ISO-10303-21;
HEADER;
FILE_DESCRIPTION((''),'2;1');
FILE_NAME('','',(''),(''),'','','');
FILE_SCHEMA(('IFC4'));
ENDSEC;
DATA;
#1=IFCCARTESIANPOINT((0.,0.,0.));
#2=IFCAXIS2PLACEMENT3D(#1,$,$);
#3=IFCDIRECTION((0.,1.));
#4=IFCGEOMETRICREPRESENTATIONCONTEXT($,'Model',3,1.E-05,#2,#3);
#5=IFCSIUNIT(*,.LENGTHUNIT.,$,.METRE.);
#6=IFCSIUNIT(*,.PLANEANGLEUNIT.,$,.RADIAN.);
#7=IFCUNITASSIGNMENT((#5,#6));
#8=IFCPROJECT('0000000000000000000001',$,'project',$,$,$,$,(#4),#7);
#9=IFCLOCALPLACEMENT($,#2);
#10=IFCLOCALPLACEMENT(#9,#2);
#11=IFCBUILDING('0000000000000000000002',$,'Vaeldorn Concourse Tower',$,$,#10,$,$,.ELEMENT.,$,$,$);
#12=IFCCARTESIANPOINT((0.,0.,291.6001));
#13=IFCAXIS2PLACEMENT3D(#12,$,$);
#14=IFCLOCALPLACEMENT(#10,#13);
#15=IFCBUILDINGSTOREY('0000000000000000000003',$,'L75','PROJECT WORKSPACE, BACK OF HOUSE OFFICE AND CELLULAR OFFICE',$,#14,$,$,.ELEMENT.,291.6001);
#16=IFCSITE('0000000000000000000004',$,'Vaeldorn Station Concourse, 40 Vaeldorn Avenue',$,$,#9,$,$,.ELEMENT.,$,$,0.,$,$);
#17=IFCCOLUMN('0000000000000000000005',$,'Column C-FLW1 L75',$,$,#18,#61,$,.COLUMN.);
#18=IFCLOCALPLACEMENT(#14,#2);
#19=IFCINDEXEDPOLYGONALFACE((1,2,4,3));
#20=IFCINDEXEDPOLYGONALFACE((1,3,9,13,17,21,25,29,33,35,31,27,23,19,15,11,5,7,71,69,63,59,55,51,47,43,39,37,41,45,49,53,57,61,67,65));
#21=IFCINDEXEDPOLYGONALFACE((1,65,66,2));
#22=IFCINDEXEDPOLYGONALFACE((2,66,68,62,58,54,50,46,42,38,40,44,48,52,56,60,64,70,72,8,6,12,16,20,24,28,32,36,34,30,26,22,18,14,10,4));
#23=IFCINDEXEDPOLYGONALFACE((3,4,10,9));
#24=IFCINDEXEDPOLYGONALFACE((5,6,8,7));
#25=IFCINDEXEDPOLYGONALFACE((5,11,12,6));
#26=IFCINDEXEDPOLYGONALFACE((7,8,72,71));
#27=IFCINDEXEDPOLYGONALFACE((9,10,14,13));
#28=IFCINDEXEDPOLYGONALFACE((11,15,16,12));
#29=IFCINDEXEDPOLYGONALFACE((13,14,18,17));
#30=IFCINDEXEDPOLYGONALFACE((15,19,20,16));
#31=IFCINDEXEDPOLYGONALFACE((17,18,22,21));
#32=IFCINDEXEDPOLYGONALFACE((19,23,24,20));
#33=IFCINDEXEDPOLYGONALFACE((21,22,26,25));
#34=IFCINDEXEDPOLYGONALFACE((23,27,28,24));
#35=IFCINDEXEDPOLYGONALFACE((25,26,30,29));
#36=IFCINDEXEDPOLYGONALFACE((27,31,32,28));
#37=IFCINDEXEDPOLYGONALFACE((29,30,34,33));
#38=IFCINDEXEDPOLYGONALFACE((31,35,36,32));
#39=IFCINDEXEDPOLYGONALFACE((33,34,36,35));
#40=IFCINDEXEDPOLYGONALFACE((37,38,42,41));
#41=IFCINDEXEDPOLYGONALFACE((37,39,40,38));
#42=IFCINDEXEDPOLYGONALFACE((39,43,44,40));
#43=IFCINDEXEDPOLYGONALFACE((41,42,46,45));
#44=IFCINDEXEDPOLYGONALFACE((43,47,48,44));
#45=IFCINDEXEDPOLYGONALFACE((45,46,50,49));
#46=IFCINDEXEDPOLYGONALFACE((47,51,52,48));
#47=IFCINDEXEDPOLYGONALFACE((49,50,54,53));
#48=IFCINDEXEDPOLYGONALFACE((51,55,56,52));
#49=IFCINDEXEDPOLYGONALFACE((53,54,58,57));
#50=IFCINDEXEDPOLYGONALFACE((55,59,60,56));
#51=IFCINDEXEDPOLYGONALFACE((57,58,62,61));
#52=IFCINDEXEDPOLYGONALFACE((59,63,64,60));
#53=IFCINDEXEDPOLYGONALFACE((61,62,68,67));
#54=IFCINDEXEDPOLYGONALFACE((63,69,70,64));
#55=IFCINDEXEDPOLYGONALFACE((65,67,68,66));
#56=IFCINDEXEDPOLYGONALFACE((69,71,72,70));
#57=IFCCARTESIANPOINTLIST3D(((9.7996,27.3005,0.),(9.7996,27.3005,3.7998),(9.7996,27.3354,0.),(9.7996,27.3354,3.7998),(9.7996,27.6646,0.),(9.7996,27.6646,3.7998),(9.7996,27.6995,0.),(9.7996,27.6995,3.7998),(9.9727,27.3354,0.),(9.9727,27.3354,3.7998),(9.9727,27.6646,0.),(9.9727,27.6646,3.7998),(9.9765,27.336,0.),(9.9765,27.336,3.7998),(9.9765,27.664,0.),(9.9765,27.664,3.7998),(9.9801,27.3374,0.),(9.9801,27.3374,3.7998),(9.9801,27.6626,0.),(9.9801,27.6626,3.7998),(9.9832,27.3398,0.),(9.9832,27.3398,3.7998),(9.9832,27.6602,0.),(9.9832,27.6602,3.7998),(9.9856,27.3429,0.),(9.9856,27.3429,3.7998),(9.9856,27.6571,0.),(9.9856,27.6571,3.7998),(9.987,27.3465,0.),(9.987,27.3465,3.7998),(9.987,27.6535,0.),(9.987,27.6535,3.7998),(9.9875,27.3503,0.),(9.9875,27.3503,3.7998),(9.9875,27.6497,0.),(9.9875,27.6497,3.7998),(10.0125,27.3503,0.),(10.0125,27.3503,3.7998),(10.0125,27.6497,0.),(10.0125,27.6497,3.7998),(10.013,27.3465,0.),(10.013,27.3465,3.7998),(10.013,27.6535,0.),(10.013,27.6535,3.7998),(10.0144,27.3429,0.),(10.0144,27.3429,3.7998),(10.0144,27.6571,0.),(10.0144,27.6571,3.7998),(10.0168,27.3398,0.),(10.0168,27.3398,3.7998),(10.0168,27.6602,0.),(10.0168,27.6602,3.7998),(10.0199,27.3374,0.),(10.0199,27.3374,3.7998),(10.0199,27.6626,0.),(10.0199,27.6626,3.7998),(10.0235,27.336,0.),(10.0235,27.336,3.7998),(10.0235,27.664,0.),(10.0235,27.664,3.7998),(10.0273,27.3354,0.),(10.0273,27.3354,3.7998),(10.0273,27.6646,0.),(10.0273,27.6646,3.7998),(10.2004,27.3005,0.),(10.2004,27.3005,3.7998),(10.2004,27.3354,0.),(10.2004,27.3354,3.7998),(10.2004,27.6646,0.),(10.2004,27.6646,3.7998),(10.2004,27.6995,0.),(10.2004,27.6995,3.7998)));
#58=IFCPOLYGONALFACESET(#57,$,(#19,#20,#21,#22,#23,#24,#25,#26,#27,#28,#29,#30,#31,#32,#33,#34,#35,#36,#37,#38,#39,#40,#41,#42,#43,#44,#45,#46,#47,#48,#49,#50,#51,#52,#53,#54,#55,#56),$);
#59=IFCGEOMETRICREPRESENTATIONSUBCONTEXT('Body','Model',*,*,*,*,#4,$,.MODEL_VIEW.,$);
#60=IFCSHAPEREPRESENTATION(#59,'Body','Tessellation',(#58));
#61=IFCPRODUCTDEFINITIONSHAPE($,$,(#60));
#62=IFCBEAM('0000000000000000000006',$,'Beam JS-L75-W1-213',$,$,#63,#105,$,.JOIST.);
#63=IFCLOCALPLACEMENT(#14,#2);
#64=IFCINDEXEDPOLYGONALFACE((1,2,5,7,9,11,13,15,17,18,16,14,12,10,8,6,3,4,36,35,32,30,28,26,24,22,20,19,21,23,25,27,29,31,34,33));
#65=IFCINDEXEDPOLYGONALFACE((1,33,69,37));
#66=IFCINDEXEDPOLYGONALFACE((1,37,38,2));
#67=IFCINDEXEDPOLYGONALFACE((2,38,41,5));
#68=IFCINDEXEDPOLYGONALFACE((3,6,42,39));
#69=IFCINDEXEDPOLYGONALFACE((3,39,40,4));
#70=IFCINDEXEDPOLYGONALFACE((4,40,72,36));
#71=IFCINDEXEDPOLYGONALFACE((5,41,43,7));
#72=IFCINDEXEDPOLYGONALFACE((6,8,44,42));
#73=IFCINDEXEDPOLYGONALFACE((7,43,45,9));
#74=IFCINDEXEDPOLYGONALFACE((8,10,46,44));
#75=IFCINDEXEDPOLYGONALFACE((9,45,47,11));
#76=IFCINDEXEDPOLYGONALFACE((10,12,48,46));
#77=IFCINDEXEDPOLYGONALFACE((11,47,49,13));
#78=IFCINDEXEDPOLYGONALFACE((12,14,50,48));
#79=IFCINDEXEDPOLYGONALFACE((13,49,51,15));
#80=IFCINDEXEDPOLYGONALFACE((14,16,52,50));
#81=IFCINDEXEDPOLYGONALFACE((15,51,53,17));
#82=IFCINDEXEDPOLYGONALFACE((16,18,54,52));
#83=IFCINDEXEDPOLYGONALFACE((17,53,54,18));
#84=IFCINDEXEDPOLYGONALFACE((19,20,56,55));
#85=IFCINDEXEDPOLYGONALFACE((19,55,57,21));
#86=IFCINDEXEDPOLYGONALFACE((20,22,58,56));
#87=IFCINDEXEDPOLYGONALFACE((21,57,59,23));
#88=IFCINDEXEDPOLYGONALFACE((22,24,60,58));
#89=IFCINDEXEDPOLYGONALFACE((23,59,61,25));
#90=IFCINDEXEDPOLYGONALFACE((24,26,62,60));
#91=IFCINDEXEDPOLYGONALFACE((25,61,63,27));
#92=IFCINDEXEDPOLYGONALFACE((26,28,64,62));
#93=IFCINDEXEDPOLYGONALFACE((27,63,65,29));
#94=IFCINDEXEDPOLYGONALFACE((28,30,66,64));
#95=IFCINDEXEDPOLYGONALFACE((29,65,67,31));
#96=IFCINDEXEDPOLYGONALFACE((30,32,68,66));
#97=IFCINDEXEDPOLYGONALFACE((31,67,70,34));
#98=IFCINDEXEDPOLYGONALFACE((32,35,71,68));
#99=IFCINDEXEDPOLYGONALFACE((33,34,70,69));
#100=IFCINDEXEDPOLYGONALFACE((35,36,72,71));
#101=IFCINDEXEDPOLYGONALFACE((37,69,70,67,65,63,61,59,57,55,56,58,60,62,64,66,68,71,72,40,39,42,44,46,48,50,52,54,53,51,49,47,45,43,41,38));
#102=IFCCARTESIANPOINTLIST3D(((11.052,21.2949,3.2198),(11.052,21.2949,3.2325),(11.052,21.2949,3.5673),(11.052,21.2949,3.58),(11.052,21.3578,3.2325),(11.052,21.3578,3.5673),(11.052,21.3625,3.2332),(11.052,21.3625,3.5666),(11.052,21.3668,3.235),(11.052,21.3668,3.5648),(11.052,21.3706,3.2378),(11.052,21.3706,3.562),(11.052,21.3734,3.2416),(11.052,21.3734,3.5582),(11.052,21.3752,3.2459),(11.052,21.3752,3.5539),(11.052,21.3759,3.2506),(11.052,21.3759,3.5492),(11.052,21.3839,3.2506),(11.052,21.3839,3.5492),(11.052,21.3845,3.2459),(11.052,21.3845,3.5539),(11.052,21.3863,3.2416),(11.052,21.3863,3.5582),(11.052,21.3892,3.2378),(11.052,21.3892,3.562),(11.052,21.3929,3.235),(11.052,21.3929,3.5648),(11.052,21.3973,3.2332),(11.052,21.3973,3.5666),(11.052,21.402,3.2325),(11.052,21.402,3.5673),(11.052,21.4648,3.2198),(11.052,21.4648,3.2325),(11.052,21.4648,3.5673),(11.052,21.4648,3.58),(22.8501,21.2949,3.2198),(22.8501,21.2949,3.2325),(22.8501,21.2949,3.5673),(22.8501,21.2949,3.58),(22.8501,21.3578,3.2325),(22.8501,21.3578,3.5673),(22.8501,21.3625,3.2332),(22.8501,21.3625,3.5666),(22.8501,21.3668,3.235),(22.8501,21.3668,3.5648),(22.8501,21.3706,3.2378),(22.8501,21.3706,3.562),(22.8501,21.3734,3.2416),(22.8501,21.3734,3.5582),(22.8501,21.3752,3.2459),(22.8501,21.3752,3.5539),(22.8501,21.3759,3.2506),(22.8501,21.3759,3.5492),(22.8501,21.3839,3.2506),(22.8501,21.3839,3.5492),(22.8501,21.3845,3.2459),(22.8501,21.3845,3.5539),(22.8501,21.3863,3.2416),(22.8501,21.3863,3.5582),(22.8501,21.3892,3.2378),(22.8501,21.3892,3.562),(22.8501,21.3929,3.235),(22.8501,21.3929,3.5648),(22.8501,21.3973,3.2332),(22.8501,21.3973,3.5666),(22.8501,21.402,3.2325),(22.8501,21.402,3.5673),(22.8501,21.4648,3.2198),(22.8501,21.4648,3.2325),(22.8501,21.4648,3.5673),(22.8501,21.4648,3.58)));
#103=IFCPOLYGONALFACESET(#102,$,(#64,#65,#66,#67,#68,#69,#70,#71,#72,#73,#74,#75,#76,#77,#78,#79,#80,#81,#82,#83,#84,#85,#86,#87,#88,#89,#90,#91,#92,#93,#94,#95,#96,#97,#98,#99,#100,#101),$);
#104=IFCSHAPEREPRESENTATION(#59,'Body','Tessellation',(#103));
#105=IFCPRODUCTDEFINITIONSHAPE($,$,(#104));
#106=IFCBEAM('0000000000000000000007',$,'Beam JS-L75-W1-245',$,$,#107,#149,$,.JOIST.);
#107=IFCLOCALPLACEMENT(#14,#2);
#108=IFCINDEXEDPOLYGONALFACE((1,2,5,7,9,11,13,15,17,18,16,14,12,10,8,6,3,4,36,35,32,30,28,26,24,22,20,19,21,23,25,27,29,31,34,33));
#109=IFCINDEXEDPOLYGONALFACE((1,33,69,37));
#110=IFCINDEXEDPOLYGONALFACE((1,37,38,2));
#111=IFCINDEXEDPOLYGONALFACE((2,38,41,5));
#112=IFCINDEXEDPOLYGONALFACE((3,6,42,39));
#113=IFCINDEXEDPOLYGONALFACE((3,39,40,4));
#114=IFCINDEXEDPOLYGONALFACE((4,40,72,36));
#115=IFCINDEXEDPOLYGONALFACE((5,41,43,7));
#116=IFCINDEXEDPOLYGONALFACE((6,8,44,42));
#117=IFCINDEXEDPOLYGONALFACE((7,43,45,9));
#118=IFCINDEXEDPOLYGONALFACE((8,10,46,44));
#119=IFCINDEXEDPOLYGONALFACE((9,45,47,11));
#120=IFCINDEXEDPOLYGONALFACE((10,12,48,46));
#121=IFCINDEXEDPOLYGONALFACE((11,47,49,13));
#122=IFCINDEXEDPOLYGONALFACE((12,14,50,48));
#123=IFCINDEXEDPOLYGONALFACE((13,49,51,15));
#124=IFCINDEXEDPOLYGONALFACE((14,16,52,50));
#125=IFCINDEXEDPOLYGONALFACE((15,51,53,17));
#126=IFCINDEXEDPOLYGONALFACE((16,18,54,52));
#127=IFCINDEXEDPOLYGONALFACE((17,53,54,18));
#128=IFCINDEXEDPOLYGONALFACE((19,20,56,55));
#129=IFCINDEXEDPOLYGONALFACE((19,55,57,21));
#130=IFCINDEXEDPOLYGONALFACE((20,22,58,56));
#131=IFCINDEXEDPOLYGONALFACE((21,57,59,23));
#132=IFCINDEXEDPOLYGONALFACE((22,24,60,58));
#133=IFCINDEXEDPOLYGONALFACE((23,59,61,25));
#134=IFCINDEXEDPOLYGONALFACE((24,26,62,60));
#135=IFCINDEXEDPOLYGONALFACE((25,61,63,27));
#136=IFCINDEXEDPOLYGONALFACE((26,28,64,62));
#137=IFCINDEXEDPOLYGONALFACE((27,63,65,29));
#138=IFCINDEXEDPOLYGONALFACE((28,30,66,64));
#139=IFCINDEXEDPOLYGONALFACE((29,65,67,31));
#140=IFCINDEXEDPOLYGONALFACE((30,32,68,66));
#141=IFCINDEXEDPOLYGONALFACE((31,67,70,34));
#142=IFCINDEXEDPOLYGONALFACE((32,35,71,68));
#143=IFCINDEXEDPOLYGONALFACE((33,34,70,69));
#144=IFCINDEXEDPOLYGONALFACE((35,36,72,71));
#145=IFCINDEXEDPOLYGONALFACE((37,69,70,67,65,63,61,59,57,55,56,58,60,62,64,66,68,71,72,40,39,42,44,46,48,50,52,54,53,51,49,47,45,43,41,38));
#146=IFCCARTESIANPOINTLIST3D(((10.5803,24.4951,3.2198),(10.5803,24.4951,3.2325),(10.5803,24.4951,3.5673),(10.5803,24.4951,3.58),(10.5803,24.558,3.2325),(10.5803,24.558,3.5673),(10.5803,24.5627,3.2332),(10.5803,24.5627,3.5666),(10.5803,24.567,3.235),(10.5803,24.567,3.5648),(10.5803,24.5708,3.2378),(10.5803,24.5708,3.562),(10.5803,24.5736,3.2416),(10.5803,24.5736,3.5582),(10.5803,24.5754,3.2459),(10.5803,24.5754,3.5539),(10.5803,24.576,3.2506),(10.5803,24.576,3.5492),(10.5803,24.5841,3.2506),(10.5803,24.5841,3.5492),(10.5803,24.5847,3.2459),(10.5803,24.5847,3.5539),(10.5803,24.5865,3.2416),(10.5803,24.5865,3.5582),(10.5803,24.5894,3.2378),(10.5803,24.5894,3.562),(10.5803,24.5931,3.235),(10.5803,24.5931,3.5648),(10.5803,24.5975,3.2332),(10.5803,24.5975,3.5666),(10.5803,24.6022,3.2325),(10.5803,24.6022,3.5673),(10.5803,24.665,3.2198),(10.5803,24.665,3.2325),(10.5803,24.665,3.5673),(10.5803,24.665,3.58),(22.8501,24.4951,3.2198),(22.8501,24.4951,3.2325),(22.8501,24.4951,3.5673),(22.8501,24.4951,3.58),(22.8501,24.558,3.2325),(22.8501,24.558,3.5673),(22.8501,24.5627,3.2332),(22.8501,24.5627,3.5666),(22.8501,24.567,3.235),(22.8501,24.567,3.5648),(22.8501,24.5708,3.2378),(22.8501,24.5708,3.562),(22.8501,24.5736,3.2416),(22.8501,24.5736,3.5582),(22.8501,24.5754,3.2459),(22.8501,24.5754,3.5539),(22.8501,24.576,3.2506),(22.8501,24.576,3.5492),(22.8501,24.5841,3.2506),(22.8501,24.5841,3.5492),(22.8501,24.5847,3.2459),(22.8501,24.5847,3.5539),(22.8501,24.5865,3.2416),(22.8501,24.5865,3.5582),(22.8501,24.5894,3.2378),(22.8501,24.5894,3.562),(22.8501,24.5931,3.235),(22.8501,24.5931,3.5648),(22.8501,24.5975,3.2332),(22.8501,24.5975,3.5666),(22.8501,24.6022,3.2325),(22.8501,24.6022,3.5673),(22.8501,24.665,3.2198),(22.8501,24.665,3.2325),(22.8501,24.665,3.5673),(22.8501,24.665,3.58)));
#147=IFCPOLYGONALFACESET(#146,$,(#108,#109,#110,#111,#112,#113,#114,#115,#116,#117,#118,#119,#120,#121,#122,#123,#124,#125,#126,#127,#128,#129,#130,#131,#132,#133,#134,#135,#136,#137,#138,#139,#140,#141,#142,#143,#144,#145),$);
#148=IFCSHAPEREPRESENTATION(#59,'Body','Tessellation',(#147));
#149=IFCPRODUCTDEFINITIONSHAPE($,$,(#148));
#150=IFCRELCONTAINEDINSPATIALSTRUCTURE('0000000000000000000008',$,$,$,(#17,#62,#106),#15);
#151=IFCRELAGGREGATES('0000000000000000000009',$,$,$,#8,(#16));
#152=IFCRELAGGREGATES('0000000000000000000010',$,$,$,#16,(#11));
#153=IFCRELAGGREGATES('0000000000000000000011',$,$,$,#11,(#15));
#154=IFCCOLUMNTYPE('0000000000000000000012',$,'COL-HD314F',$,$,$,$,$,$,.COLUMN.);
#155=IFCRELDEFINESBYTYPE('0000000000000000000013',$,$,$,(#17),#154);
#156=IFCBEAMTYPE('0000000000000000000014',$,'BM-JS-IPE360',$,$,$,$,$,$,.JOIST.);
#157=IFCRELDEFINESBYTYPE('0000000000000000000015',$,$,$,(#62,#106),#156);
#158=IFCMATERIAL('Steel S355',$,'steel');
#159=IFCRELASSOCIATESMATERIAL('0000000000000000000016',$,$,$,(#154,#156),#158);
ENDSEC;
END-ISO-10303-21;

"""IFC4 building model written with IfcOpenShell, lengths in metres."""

from ifc_helpers import new_model, si_unit, direction, frame, origin, origin_2d, place, context, subcontext, project, spatial, i_section, extrude, source, transform, mapped, material, material_profile, profile_set, type_object, element, save


model = new_model("IFC4")

# Units and contexts
model_context = context("Model", 3, precision=1e-05, world=origin(), true_north=direction((0.0, 1.0)))
body_context = subcontext(model_context, "Body", "Model", "MODEL_VIEW")
ifc_project = project(units=[si_unit("LENGTHUNIT", "METRE"), si_unit("PLANEANGLEUNIT", "RADIAN")], contexts=[model_context])

# Site, building, storey
site_placement = place(None, origin())
site = spatial("IfcSite", under=ifc_project, at=site_placement, Name="Vaeldorn Station Concourse, 40 Vaeldorn Avenue", CompositionType="ELEMENT", RefElevation=0.0)
building_placement = place(site_placement, origin())
building = spatial("IfcBuilding", under=site, at=building_placement, Name="Vaeldorn Concourse Tower", CompositionType="ELEMENT")
storey_placement = place(building_placement, frame((0.0, 0.0, 291.6001)))
storey = spatial("IfcBuildingStorey", under=building, at=storey_placement, Name="L75", Description="PROJECT WORKSPACE, BACK OF HOUSE OFFICE AND CELLULAR OFFICE", CompositionType="ELEMENT", Elevation=291.6001)

# Column
ifc_material_1 = material(Name="Steel S355", Category="steel")
ifc_material_profile_1 = material_profile(ifc_material_1, i_section(OverallWidth=0.4009, OverallDepth=0.3989, WebThickness=0.0249, FlangeThickness=0.0349, FilletRadius=0.0149, at=origin_2d()), Name="HD 400x314")
ifc_profile_set_1 = profile_set([ifc_material_profile_1], Name="Steel S355")
column_type = type_object("IfcColumnType", Name="COL-HD314F", PredefinedType="COLUMN", material=ifc_profile_set_1)
shared_shape_1 = source(origin(), body_context, "Body", "SweptSolid", [
    extrude(i_section(OverallWidth=0.4009, OverallDepth=0.3989, WebThickness=0.0249, FlangeThickness=0.0349, FilletRadius=0.0149, at=origin_2d()), origin(), (0.0, 0.0, 1.0), 3.7998),
])
column_placement = place(storey_placement, frame((10.0, 27.5, 0.0), z_axis=(0.0, 0.0, 1.0), x_axis=(1.0, 0.0, 0.0)))
element("IfcColumn", 1, at=column_placement, inside=storey, type_object=column_type, Name="Column C-FLW1 L75", PredefinedType="COLUMN", context=body_context, shape_type="MappedRepresentation", body=[
    mapped(shared_shape_1, transform((0.0, 0.0, 0.0), scale=1.0)),
])

# Beams
ifc_material_profile_2 = material_profile(ifc_material_1, i_section(OverallWidth=0.1699, OverallDepth=0.3601, WebThickness=0.0081, FlangeThickness=0.0127, FilletRadius=0.0181, at=origin_2d()), Name="IPE 360")
ifc_profile_set_2 = profile_set([ifc_material_profile_2], Name="Steel S355")
beam_type_1 = type_object("IfcBeamType", Name="BM-JS-IPE360", PredefinedType="JOIST", material=ifc_profile_set_2)
shared_shape_2 = source(origin(), body_context, "Body", "SweptSolid", [
    extrude(i_section(OverallWidth=0.1699, OverallDepth=0.3601, WebThickness=0.0081, FlangeThickness=0.0127, FilletRadius=0.0181, at=origin_2d()), origin(), (0.0, 0.0, 1.0), 11.7981),
])
beam_1_placement = place(storey_placement, frame((11.052, 21.3799, 3.3999), z_axis=(1.0, 0.0, 0.0), x_axis=(0.0, 1.0, 0.0)))
element("IfcBeam", 2, at=beam_1_placement, inside=storey, type_object=beam_type_1, Name="Beam JS-L75-W1-213", PredefinedType="JOIST", context=body_context, shape_type="MappedRepresentation", body=[
    mapped(shared_shape_2, transform((0.0, 0.0, 0.0), scale=1.0)),
])
shared_shape_3 = source(origin(), body_context, "Body", "SweptSolid", [
    extrude(i_section(OverallWidth=0.1699, OverallDepth=0.3601, WebThickness=0.0081, FlangeThickness=0.0127, FilletRadius=0.0181, at=origin_2d()), origin(), (0.0, 0.0, 1.0), 12.2698),
])
beam_2_placement = place(storey_placement, frame((10.5803, 24.5801, 3.3999), z_axis=(1.0, 0.0, 0.0), x_axis=(0.0, 1.0, 0.0)))
element("IfcBeam", 3, at=beam_2_placement, inside=storey, type_object=beam_type_1, Name="Beam JS-L75-W1-245", PredefinedType="JOIST", context=body_context, shape_type="MappedRepresentation", body=[
    mapped(shared_shape_3, transform((0.0, 0.0, 0.0), scale=1.0)),
])

save(model, "model.ifc")
